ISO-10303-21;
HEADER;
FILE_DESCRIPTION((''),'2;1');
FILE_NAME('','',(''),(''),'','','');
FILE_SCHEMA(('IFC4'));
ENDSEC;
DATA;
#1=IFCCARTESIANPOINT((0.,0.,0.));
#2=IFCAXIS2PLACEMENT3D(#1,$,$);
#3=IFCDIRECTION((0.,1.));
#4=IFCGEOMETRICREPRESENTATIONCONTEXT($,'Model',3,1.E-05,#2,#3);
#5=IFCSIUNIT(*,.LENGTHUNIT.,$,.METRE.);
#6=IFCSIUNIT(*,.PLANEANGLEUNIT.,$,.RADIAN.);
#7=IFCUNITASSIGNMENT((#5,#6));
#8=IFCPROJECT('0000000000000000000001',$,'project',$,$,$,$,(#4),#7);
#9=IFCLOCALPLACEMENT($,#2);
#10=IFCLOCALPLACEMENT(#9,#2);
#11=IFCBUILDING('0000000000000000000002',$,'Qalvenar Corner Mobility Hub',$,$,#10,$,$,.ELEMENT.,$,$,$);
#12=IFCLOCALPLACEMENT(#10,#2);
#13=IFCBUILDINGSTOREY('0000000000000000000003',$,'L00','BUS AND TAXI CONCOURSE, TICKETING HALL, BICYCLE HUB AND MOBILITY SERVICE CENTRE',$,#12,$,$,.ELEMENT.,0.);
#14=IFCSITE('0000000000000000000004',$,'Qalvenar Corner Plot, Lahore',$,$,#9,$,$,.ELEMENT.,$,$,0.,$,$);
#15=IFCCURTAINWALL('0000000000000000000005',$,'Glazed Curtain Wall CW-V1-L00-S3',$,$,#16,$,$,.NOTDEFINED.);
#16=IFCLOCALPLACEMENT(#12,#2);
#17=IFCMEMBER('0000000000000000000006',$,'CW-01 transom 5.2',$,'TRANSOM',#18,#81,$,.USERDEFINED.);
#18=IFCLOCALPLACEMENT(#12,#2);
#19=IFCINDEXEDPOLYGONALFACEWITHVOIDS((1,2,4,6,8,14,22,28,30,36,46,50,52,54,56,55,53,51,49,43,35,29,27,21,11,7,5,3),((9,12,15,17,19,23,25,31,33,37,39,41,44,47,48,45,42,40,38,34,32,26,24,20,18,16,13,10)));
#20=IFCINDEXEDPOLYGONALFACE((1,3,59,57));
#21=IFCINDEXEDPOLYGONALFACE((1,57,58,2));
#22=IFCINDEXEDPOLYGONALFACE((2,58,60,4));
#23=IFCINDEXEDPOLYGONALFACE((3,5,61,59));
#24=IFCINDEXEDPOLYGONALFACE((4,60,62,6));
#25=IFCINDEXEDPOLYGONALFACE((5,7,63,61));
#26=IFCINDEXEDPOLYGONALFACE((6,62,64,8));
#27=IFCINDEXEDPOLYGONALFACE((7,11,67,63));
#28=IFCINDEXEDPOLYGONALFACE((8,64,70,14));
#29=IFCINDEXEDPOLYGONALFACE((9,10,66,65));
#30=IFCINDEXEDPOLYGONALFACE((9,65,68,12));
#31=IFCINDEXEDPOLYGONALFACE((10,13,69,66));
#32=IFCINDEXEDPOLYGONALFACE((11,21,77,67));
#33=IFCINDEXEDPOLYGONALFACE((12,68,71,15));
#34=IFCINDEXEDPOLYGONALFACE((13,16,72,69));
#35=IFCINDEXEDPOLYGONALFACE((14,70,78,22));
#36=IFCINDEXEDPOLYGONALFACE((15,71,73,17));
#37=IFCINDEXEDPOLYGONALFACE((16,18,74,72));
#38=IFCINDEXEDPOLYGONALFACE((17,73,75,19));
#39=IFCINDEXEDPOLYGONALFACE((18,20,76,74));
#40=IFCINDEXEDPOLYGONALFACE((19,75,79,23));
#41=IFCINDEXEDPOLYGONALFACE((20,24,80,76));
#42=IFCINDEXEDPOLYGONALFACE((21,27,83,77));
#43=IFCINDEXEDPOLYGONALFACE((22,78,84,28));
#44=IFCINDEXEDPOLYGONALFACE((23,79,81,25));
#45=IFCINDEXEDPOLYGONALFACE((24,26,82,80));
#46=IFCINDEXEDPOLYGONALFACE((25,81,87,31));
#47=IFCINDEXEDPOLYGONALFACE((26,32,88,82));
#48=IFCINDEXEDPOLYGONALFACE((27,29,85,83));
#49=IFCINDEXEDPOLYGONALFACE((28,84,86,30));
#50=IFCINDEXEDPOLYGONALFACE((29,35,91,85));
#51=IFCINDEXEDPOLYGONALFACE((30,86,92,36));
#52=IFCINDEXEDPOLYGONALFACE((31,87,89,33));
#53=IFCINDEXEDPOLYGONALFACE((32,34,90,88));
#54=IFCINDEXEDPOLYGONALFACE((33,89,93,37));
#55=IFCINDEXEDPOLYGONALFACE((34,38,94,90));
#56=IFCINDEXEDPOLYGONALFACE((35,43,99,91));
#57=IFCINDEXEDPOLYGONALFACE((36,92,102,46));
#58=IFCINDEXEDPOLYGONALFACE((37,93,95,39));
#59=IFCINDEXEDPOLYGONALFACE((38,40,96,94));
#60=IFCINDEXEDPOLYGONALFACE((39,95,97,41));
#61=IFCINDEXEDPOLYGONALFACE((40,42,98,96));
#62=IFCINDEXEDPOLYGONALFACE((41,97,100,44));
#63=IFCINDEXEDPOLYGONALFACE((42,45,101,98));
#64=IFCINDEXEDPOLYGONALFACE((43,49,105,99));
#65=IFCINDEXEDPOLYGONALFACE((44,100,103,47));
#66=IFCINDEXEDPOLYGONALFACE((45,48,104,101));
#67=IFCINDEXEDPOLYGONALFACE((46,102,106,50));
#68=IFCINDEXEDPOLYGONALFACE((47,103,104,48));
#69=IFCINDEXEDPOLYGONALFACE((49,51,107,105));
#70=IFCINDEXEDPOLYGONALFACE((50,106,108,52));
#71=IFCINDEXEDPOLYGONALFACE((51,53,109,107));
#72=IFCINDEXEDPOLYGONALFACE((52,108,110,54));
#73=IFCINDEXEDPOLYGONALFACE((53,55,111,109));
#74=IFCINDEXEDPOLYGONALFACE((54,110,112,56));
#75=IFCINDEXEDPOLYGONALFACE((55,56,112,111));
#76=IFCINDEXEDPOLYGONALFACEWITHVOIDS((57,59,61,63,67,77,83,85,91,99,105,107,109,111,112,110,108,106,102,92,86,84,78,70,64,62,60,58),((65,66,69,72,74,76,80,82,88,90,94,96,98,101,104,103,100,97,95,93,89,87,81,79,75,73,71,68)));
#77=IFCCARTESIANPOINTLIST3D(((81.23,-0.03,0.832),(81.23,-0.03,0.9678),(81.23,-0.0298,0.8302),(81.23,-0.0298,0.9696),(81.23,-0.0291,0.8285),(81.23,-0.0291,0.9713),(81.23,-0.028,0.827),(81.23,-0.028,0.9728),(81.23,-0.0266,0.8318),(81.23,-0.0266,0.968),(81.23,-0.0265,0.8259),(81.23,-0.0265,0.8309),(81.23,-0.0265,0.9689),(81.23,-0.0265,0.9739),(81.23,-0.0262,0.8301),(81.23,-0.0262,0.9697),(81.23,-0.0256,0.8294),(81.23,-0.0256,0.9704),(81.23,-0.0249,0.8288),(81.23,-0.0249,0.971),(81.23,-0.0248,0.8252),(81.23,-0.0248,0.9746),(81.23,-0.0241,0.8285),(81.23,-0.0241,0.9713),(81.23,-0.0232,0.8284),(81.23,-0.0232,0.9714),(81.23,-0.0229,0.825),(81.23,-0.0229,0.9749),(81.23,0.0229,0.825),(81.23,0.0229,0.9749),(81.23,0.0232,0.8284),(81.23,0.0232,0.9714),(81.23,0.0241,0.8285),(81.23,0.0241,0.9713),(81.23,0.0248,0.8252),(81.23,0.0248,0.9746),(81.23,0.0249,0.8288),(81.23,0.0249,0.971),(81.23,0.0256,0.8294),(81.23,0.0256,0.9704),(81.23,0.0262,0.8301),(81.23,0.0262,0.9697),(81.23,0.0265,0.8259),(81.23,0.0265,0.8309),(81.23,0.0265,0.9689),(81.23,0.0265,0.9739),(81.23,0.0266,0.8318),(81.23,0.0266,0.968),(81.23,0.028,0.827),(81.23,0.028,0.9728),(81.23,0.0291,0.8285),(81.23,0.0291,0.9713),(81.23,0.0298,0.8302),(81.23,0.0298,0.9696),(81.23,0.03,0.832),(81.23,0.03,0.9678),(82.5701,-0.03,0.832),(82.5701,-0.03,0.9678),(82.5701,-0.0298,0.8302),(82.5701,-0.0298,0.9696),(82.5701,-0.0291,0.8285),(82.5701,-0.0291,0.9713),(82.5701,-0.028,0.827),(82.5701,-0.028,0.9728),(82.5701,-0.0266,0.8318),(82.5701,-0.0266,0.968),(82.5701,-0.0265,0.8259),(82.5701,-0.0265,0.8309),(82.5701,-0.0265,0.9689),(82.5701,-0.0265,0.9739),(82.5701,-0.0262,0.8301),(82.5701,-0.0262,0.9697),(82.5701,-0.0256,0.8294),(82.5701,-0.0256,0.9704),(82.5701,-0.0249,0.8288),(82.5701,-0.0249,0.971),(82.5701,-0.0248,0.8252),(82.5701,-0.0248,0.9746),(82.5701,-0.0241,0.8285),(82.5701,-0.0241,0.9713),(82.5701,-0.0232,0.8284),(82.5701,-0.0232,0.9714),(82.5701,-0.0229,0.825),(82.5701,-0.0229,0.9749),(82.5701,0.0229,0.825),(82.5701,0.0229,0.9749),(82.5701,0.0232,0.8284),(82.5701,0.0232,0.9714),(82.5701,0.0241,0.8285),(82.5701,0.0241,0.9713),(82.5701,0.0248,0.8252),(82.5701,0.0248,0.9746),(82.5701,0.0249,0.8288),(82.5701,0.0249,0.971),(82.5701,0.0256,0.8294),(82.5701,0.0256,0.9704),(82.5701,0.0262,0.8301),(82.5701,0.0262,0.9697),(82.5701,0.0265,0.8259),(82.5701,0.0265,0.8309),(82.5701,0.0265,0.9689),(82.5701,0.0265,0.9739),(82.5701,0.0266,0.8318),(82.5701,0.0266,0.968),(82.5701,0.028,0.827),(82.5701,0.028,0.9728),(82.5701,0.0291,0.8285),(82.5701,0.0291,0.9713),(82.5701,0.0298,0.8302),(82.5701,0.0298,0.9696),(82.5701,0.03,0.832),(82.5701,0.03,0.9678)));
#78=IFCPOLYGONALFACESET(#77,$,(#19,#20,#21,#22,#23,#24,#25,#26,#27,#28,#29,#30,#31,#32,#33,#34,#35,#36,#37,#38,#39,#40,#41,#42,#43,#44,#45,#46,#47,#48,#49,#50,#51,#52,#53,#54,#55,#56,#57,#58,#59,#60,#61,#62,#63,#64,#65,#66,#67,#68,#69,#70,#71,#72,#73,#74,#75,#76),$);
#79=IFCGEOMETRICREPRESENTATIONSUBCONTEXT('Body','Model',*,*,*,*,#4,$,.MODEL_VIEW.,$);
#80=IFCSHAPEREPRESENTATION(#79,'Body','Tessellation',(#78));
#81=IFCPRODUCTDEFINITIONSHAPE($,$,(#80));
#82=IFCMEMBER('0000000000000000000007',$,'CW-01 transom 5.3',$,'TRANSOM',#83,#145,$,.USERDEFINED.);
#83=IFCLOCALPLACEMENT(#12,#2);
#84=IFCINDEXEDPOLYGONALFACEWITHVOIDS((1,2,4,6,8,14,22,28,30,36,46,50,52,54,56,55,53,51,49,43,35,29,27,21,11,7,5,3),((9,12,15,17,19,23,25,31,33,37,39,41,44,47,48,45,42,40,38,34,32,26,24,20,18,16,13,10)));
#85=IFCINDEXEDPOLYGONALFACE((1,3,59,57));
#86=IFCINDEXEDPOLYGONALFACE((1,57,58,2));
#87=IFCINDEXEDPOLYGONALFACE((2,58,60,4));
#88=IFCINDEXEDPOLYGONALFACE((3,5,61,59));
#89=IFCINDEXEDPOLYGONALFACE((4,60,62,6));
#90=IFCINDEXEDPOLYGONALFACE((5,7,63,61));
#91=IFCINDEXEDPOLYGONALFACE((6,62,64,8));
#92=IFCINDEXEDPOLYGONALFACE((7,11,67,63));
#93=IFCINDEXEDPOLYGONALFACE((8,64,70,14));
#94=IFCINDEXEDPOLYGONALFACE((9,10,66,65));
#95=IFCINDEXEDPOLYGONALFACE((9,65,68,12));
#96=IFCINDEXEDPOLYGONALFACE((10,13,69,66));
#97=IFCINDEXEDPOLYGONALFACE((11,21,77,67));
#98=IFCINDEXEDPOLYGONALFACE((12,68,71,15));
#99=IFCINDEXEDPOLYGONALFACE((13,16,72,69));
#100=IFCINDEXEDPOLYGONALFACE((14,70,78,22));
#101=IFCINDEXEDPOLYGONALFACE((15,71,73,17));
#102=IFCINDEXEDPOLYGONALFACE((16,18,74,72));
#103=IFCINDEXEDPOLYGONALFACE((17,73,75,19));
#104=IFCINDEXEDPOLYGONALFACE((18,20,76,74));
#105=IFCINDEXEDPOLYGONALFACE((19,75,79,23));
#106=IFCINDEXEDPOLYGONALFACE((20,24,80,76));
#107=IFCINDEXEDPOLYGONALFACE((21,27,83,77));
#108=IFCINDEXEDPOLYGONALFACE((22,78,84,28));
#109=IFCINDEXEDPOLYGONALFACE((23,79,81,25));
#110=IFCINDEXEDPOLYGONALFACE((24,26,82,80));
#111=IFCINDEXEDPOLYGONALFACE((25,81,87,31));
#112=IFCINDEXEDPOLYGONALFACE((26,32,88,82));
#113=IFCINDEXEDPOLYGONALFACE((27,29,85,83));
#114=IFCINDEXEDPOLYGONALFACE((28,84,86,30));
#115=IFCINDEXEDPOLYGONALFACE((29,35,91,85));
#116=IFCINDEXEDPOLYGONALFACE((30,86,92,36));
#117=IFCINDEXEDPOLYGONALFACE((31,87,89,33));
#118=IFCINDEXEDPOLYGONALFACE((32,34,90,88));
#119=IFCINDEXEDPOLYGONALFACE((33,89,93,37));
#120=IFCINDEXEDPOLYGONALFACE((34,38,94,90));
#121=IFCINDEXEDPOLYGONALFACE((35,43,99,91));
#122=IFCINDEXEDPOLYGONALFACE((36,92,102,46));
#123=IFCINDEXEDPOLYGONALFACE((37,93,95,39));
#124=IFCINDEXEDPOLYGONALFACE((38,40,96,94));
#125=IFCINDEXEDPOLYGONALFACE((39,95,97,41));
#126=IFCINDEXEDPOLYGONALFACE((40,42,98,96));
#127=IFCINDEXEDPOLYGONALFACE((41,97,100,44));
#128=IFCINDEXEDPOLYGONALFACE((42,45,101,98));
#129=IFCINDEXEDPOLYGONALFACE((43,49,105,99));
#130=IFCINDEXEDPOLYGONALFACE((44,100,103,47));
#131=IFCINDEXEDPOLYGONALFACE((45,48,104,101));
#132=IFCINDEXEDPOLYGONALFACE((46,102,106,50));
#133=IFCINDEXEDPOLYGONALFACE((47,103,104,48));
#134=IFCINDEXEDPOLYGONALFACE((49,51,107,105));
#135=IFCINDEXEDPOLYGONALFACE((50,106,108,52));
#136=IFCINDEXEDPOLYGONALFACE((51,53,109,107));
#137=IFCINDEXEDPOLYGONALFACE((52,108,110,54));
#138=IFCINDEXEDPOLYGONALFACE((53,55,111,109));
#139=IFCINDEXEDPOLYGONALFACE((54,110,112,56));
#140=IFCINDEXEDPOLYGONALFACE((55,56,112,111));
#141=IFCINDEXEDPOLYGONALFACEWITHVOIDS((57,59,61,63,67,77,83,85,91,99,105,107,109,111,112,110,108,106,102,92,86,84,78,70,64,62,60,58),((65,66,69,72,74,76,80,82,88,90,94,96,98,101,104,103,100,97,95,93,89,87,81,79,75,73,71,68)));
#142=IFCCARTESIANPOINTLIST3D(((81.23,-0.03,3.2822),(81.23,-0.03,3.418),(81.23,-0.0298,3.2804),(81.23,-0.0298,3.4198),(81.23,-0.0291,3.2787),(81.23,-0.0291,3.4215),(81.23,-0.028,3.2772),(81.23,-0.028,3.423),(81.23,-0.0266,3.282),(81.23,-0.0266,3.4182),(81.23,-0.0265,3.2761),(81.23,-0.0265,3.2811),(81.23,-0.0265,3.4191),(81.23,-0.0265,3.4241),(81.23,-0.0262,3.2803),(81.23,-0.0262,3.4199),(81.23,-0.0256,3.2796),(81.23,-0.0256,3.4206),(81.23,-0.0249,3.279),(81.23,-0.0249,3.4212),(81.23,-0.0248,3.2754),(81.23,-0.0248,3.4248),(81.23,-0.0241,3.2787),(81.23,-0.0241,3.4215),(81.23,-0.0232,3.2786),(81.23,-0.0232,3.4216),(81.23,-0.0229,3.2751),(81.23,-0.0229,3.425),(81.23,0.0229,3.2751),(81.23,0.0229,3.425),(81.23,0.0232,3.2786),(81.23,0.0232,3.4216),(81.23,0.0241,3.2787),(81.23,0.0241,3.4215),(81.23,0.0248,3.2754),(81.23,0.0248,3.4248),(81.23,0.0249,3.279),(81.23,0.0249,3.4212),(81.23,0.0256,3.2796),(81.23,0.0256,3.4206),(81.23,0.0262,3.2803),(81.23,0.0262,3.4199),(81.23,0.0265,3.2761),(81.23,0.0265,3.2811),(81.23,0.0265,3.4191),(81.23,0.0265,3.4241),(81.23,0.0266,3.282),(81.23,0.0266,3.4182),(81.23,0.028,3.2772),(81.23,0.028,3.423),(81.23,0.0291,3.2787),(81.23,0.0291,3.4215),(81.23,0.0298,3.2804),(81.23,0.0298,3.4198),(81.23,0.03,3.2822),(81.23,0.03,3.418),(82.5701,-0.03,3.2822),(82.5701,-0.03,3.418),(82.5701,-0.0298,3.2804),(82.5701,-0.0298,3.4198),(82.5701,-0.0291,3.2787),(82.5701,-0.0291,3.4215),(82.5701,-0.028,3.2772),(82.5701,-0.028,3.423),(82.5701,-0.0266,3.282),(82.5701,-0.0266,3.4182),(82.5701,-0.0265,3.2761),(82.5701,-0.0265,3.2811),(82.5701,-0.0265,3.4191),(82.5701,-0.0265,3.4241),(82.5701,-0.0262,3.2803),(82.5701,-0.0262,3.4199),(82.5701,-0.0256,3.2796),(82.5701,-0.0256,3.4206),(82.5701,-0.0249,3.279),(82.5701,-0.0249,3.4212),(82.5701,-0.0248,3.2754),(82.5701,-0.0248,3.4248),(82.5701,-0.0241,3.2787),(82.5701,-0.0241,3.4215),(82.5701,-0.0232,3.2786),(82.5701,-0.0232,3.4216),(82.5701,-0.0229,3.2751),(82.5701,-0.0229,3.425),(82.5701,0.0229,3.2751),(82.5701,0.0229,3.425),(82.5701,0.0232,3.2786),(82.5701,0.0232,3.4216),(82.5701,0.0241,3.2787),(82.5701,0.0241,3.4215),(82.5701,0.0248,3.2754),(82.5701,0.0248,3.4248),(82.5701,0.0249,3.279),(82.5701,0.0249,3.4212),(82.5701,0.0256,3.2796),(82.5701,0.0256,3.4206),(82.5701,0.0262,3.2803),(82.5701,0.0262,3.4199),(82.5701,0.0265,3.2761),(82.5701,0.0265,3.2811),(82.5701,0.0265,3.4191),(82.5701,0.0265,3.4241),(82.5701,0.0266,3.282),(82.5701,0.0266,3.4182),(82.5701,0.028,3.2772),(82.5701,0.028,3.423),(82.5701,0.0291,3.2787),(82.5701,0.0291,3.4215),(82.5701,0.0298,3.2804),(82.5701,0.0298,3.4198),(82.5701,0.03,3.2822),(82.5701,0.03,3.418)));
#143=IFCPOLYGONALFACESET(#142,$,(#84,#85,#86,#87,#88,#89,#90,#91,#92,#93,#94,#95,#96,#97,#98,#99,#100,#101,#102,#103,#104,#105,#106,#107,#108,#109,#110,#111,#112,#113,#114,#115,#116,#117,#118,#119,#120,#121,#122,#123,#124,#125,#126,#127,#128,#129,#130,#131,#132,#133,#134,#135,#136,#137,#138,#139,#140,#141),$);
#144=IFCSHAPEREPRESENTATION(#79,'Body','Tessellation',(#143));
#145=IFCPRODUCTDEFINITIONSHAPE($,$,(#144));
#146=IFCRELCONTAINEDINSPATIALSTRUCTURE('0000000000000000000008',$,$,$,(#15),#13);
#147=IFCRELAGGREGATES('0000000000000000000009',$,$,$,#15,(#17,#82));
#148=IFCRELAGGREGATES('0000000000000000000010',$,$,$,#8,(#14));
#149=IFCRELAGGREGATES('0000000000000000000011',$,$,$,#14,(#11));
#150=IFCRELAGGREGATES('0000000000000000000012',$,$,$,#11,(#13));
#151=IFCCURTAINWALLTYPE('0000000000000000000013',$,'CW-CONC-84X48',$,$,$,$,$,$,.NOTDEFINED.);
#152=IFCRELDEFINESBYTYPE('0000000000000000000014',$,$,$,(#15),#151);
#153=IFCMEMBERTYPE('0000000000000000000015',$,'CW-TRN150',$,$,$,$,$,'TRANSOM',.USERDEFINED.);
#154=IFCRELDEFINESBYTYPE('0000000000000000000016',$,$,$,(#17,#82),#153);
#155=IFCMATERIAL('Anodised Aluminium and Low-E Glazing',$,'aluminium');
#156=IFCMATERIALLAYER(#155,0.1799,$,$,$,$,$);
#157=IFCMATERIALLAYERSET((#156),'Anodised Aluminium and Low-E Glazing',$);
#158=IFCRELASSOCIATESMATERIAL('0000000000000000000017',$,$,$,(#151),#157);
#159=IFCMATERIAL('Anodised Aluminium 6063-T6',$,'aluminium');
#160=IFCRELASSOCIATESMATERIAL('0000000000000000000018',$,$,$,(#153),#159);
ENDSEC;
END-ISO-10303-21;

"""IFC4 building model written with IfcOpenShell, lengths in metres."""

from ifc_helpers import new_model, si_unit, direction, frame, origin, origin_2d, place, context, subcontext, project, spatial, hollow_rectangle, extrude, material, layer, layer_set, material_profile, profile_set, type_object, element, aggregate, save


model = new_model("IFC4")

# Units and contexts
model_context = context("Model", 3, precision=1e-05, world=origin(), true_north=direction((0.0, 1.0)))
body_context = subcontext(model_context, "Body", "Model", "MODEL_VIEW")
ifc_project = project(units=[si_unit("LENGTHUNIT", "METRE"), si_unit("PLANEANGLEUNIT", "RADIAN")], contexts=[model_context])

# Site, building, storey
site_placement = place(None, origin())
site = spatial("IfcSite", under=ifc_project, at=site_placement, Name="Qalvenar Corner Plot, Lahore", CompositionType="ELEMENT", RefElevation=0.0)
building_placement = place(site_placement, origin())
building = spatial("IfcBuilding", under=site, at=building_placement, Name="Qalvenar Corner Mobility Hub", CompositionType="ELEMENT")
storey_placement = place(building_placement, origin())
storey = spatial("IfcBuildingStorey", under=building, at=storey_placement, Name="L00", Description="BUS AND TAXI CONCOURSE, TICKETING HALL, BICYCLE HUB AND MOBILITY SERVICE CENTRE", CompositionType="ELEMENT", Elevation=0.0)

# Curtain wall, members
ifc_material_1 = material(Name="Anodised Aluminium and Low-E Glazing", Category="aluminium")
ifc_layer_1 = layer(ifc_material_1, 0.1799)
ifc_layer_set_1 = layer_set([ifc_layer_1], Name="Anodised Aluminium and Low-E Glazing")
curtain_wall_type = type_object("IfcCurtainWallType", Name="CW-CONC-84X48", PredefinedType="NOTDEFINED", material=ifc_layer_set_1)
curtain_wall_placement = place(storey_placement, origin())
curtain_wall = element("IfcCurtainWall", 1, at=curtain_wall_placement, inside=storey, type_object=curtain_wall_type, Name="Glazed Curtain Wall CW-V1-L00-S3", PredefinedType="NOTDEFINED")
ifc_material_2 = material(Name="Anodised Aluminium 6063-T6", Category="aluminium")
ifc_material_profile_1 = material_profile(ifc_material_2, hollow_rectangle(XDim=0.0601, YDim=0.1499, WallThickness=0.0034, InnerFilletRadius=0.0034, OuterFilletRadius=0.0071, at=origin_2d()), Name="RHS150x60x3.5")
ifc_profile_set_1 = profile_set([ifc_material_profile_1], Name="Anodised Aluminium 6063-T6")
member_type_1 = type_object("IfcMemberType", Name="CW-TRN150", ElementType="TRANSOM", PredefinedType="USERDEFINED", material=ifc_profile_set_1)
member_1_placement = place(storey_placement, frame((81.23, 0.0, 0.8999), z_axis=(1.0, 0.0, 0.0), x_axis=(0.0, 1.0, 0.0)))
member_1 = element("IfcMember", 2, at=member_1_placement, type_object=member_type_1, Name="CW-01 transom 5.2", ObjectType="TRANSOM", PredefinedType="USERDEFINED", context=body_context, shape_type="SweptSolid", body=[
    extrude(hollow_rectangle(XDim=0.0601, YDim=0.1499, WallThickness=0.0034, InnerFilletRadius=0.0034, OuterFilletRadius=0.0071, at=origin_2d()), origin(), (0.0, 0.0, 1.0), 1.3401),
])
member_2_placement = place(storey_placement, frame((81.23, 0.0, 3.3501), z_axis=(1.0, 0.0, 0.0), x_axis=(0.0, 1.0, 0.0)))
member_2 = element("IfcMember", 3, at=member_2_placement, type_object=member_type_1, Name="CW-01 transom 5.3", ObjectType="TRANSOM", PredefinedType="USERDEFINED", context=body_context, shape_type="SweptSolid", body=[
    extrude(hollow_rectangle(XDim=0.0601, YDim=0.1499, WallThickness=0.0034, InnerFilletRadius=0.0034, OuterFilletRadius=0.0071, at=origin_2d()), origin(), (0.0, 0.0, 1.0), 1.3401),
])
aggregate(curtain_wall, [member_1, member_2])

save(model, "model.ifc")
